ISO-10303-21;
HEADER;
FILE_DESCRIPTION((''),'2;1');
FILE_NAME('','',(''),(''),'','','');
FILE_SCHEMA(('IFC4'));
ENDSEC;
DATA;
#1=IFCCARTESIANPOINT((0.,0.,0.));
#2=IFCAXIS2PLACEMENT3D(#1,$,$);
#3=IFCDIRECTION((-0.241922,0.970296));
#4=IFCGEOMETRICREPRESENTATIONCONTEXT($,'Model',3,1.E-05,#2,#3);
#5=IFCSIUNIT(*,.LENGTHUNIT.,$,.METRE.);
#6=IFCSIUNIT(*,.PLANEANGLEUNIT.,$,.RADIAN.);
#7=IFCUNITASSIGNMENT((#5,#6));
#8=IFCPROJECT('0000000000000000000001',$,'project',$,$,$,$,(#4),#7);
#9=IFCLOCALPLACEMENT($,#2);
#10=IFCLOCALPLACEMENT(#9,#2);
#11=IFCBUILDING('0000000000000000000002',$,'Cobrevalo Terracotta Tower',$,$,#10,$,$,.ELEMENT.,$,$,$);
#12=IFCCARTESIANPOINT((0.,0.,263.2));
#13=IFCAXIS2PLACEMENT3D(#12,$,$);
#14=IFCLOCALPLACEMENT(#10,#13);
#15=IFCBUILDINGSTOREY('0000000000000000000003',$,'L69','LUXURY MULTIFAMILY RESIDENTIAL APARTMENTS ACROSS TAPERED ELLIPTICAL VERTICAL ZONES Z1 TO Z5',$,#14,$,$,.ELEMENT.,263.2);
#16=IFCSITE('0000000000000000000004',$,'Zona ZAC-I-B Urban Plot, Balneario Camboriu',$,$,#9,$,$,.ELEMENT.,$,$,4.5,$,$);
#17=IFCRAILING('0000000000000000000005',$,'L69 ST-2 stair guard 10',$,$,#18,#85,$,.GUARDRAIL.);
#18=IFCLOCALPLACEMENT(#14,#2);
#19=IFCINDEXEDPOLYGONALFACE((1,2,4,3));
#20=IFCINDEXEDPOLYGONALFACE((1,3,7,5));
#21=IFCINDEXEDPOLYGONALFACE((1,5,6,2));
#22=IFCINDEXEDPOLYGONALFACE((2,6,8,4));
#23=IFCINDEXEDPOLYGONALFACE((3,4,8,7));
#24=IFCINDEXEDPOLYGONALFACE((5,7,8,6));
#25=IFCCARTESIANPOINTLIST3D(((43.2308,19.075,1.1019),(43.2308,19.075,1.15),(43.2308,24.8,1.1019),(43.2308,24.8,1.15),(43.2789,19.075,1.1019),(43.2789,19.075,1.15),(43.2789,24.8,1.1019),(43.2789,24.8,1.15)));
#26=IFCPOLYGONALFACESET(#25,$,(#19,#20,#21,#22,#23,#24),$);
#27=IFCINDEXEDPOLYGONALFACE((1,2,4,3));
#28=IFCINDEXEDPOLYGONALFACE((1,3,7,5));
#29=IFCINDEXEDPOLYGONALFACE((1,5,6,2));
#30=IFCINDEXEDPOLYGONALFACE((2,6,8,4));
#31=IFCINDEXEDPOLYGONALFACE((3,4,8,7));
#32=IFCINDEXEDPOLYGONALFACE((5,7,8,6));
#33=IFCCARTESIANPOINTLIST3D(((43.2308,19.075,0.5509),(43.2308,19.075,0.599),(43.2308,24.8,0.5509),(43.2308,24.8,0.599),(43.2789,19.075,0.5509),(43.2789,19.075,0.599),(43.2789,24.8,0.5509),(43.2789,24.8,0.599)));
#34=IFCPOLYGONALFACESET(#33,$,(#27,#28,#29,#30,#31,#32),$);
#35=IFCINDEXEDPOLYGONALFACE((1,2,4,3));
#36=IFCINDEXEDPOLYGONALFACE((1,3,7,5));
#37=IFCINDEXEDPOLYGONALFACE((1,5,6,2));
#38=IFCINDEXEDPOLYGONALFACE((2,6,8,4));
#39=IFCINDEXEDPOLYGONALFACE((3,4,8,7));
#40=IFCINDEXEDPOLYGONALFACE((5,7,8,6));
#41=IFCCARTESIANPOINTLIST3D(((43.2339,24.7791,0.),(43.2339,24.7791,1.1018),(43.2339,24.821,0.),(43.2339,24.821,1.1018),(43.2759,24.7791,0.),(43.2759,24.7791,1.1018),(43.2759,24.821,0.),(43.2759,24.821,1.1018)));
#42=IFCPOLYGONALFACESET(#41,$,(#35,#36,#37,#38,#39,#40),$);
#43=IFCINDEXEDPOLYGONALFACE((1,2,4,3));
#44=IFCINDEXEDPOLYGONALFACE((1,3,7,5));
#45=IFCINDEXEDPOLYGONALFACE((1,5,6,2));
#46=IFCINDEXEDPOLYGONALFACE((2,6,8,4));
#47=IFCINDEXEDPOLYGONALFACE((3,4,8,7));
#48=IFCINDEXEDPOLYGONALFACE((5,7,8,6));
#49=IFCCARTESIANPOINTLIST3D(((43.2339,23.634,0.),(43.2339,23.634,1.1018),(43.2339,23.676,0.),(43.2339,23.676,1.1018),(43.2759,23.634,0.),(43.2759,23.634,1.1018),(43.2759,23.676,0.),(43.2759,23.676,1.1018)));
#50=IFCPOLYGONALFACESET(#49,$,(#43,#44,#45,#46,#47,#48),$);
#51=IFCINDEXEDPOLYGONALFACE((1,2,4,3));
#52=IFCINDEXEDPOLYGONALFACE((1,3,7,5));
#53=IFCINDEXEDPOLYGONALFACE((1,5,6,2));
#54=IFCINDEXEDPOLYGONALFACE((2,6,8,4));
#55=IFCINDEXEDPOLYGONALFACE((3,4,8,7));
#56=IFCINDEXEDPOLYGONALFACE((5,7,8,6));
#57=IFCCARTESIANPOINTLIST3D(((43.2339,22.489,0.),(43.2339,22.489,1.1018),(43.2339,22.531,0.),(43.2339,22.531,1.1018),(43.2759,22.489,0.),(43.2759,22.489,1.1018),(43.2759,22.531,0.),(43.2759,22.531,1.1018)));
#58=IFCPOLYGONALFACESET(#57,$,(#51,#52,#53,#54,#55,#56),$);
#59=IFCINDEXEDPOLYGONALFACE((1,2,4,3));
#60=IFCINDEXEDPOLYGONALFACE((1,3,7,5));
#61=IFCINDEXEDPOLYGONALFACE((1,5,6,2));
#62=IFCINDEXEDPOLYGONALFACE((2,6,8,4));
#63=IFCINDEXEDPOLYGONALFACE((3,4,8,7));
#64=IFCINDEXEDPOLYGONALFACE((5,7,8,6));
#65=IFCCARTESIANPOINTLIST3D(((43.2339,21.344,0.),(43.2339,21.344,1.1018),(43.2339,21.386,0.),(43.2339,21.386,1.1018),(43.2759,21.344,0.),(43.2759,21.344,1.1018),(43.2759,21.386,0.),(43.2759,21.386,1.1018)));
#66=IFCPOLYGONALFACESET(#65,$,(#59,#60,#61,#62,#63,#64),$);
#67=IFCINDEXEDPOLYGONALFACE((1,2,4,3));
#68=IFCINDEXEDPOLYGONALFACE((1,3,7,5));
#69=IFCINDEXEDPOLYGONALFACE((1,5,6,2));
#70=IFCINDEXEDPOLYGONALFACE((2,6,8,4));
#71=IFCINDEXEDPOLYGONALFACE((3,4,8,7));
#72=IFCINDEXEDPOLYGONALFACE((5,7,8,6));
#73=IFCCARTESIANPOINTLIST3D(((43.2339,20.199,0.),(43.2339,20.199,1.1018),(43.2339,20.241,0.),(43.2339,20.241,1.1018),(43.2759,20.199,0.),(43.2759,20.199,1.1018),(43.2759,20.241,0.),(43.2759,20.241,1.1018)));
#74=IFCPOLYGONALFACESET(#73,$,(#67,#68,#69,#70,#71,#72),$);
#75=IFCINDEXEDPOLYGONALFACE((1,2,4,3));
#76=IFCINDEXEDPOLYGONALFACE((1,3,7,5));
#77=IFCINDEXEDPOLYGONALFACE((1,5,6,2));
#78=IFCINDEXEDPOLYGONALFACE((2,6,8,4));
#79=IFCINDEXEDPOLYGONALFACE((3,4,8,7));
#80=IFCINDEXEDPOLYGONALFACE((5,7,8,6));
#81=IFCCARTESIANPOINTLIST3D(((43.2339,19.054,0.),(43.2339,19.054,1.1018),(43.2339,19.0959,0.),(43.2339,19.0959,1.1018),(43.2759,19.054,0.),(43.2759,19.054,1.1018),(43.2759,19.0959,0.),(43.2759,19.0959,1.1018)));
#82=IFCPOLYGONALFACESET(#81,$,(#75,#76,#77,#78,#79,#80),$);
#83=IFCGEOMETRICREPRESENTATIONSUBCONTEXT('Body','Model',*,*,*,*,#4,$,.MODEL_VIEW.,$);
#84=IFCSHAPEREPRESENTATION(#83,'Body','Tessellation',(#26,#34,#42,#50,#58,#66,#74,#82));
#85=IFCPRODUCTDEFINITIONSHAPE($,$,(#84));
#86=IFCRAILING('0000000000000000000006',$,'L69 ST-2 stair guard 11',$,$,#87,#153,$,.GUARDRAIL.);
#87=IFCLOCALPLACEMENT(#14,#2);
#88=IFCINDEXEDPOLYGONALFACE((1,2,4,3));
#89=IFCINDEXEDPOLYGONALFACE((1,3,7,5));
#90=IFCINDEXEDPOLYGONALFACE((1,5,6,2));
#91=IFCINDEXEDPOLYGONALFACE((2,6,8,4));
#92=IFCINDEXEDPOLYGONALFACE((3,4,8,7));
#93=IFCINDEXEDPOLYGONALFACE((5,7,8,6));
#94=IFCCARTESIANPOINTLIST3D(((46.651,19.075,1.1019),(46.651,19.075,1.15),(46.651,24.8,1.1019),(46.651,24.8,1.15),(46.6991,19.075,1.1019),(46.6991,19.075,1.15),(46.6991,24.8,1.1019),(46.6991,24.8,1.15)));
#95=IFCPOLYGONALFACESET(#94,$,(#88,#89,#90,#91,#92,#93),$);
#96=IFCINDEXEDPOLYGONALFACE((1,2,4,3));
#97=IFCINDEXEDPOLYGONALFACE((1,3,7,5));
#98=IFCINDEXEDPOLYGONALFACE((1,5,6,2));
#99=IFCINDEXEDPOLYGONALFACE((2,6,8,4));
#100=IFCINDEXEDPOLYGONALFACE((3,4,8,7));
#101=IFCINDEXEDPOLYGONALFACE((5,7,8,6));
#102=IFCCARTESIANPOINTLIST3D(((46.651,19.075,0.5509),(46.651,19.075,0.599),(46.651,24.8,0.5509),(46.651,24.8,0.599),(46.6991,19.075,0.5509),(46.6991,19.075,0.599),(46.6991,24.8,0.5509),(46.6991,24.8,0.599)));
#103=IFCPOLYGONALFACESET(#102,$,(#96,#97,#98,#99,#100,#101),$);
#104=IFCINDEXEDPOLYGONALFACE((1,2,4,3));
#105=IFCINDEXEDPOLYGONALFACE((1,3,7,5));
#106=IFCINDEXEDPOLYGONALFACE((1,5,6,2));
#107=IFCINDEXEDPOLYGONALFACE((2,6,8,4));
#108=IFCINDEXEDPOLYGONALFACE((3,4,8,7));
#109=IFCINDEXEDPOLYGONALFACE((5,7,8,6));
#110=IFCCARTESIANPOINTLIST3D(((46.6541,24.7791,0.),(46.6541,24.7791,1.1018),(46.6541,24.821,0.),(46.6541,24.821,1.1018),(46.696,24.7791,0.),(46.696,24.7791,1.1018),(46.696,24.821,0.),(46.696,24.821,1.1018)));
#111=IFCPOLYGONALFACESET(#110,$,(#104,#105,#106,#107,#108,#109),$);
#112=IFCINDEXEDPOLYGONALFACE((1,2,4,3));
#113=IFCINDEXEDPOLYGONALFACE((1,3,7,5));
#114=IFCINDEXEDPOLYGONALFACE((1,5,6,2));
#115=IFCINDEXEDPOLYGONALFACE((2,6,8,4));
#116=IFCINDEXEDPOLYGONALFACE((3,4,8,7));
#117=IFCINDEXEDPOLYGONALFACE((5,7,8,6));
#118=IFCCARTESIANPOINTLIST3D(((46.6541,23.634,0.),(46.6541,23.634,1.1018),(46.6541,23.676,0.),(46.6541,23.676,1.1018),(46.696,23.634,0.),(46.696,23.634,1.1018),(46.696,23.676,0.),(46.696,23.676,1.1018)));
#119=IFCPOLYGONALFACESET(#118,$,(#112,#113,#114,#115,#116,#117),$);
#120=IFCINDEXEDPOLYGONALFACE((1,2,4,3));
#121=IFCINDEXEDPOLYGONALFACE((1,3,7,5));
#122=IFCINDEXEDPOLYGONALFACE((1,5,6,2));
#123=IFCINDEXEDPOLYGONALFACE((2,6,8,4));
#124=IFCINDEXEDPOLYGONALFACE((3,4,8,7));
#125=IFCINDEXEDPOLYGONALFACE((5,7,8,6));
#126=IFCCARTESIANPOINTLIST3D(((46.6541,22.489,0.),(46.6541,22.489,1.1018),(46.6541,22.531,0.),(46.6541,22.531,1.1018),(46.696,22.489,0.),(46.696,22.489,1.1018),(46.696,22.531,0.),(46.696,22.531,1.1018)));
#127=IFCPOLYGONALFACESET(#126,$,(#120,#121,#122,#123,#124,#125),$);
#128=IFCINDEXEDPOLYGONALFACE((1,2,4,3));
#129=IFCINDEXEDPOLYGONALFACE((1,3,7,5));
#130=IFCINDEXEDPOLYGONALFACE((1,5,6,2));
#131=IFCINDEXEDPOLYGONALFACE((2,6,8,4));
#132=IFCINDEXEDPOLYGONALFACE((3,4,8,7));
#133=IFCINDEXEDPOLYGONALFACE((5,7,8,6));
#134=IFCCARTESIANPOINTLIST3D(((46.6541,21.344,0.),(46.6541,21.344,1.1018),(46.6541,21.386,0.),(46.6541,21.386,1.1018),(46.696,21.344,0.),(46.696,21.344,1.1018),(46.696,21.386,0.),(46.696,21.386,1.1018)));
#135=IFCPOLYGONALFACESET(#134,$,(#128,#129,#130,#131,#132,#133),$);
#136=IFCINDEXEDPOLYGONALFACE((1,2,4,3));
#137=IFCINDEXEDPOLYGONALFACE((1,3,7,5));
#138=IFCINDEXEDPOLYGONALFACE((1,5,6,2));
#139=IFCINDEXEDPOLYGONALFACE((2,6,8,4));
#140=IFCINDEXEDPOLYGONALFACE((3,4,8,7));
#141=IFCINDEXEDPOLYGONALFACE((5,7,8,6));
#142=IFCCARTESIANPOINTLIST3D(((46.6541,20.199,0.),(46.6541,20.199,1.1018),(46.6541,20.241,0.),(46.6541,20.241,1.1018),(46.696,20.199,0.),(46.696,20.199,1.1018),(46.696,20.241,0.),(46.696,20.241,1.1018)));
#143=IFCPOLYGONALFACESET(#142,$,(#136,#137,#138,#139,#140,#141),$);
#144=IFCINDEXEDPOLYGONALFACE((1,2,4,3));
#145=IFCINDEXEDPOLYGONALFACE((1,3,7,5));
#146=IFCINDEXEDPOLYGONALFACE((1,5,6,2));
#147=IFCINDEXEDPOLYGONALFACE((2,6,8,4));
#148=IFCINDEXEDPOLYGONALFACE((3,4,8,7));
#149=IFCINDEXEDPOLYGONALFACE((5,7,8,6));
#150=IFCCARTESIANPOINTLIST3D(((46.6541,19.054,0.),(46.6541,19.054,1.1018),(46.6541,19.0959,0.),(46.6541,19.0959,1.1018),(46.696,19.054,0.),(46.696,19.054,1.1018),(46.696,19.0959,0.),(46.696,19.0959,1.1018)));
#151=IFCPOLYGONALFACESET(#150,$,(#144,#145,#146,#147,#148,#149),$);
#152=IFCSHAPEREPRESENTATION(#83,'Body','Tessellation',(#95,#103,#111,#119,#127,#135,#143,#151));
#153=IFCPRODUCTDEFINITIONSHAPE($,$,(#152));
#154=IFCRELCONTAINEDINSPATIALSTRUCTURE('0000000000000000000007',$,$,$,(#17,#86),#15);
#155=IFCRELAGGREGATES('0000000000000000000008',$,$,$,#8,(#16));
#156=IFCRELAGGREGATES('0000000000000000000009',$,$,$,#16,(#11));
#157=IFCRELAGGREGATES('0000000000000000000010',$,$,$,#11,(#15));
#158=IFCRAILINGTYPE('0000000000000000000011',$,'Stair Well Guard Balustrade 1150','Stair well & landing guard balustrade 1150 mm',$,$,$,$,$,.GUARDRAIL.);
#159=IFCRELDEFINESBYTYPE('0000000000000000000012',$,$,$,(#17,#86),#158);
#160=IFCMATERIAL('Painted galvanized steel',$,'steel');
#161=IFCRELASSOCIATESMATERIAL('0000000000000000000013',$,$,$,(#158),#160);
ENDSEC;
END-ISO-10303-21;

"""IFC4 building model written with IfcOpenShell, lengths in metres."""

from ifc_helpers import new_model, si_unit, direction, frame, origin, origin_2d, place, context, subcontext, project, spatial, rectangle, extrude, material, type_object, element, save


model = new_model("IFC4")

# Units and contexts
model_context = context("Model", 3, precision=1e-05, world=origin(), true_north=direction((-0.241922, 0.970296)))
body_context = subcontext(model_context, "Body", "Model", "MODEL_VIEW")
ifc_project = project(units=[si_unit("LENGTHUNIT", "METRE"), si_unit("PLANEANGLEUNIT", "RADIAN")], contexts=[model_context])

# Site, building, storey
site_placement = place(None, origin())
site = spatial("IfcSite", under=ifc_project, at=site_placement, Name="Zona ZAC-I-B Urban Plot, Balneario Camboriu", CompositionType="ELEMENT", RefElevation=4.5)
building_placement = place(site_placement, origin())
building = spatial("IfcBuilding", under=site, at=building_placement, Name="Cobrevalo Terracotta Tower", CompositionType="ELEMENT")
storey_placement = place(building_placement, frame((0.0, 0.0, 263.2)))
storey = spatial("IfcBuildingStorey", under=building, at=storey_placement, Name="L69", Description="LUXURY MULTIFAMILY RESIDENTIAL APARTMENTS ACROSS TAPERED ELLIPTICAL VERTICAL ZONES Z1 TO Z5", CompositionType="ELEMENT", Elevation=263.2)

# Railings
ifc_material_1 = material(Name="Painted galvanized steel", Category="steel")
railing_type_1 = type_object("IfcRailingType", Name="Stair Well Guard Balustrade 1150", Description="Stair well & landing guard balustrade 1150 mm", PredefinedType="GUARDRAIL", material=ifc_material_1)
for number, where, name in (
    (1, (43.2549, 24.8, 0.0), "L69 ST-2 stair guard 10"),
    (2, (46.675, 24.8, 0.0), "L69 ST-2 stair guard 11"),
):
    element("IfcRailing", number, at=place(storey_placement, frame(where)), inside=storey, type_object=railing_type_1, Name=name, PredefinedType="GUARDRAIL", context=body_context, shape_type="SweptSolid", body=[
        extrude(rectangle(XDim=0.0481, YDim=0.0481, at=origin_2d()), frame((0.0, 0.0, 1.126), z_axis=(0.0, -1.0, 0.0), x_axis=(1.0, 0.0, 0.0)), (0.0, 0.0, 1.0), 5.7251),
        extrude(rectangle(XDim=0.0481, YDim=0.0481, at=origin_2d()), frame((0.0, 0.0, 0.575), z_axis=(0.0, -1.0, 0.0), x_axis=(1.0, 0.0, 0.0)), (0.0, 0.0, 1.0), 5.7251),
        extrude(rectangle(XDim=0.042, YDim=0.042, at=origin_2d()), origin(), (0.0, 0.0, 1.0), 1.1018),
        extrude(rectangle(XDim=0.042, YDim=0.042, at=origin_2d()), frame((0.0, -1.145, 0.0)), (0.0, 0.0, 1.0), 1.1018),
        extrude(rectangle(XDim=0.042, YDim=0.042, at=origin_2d()), frame((0.0, -2.29, 0.0)), (0.0, 0.0, 1.0), 1.1018),
        extrude(rectangle(XDim=0.042, YDim=0.042, at=origin_2d()), frame((0.0, -3.4351, 0.0)), (0.0, 0.0, 1.0), 1.1018),
        extrude(rectangle(XDim=0.042, YDim=0.042, at=origin_2d()), frame((0.0, -4.5801, 0.0)), (0.0, 0.0, 1.0), 1.1018),
        extrude(rectangle(XDim=0.042, YDim=0.042, at=origin_2d()), frame((0.0, -5.7251, 0.0)), (0.0, 0.0, 1.0), 1.1018),
    ])

save(model, "model.ifc")
